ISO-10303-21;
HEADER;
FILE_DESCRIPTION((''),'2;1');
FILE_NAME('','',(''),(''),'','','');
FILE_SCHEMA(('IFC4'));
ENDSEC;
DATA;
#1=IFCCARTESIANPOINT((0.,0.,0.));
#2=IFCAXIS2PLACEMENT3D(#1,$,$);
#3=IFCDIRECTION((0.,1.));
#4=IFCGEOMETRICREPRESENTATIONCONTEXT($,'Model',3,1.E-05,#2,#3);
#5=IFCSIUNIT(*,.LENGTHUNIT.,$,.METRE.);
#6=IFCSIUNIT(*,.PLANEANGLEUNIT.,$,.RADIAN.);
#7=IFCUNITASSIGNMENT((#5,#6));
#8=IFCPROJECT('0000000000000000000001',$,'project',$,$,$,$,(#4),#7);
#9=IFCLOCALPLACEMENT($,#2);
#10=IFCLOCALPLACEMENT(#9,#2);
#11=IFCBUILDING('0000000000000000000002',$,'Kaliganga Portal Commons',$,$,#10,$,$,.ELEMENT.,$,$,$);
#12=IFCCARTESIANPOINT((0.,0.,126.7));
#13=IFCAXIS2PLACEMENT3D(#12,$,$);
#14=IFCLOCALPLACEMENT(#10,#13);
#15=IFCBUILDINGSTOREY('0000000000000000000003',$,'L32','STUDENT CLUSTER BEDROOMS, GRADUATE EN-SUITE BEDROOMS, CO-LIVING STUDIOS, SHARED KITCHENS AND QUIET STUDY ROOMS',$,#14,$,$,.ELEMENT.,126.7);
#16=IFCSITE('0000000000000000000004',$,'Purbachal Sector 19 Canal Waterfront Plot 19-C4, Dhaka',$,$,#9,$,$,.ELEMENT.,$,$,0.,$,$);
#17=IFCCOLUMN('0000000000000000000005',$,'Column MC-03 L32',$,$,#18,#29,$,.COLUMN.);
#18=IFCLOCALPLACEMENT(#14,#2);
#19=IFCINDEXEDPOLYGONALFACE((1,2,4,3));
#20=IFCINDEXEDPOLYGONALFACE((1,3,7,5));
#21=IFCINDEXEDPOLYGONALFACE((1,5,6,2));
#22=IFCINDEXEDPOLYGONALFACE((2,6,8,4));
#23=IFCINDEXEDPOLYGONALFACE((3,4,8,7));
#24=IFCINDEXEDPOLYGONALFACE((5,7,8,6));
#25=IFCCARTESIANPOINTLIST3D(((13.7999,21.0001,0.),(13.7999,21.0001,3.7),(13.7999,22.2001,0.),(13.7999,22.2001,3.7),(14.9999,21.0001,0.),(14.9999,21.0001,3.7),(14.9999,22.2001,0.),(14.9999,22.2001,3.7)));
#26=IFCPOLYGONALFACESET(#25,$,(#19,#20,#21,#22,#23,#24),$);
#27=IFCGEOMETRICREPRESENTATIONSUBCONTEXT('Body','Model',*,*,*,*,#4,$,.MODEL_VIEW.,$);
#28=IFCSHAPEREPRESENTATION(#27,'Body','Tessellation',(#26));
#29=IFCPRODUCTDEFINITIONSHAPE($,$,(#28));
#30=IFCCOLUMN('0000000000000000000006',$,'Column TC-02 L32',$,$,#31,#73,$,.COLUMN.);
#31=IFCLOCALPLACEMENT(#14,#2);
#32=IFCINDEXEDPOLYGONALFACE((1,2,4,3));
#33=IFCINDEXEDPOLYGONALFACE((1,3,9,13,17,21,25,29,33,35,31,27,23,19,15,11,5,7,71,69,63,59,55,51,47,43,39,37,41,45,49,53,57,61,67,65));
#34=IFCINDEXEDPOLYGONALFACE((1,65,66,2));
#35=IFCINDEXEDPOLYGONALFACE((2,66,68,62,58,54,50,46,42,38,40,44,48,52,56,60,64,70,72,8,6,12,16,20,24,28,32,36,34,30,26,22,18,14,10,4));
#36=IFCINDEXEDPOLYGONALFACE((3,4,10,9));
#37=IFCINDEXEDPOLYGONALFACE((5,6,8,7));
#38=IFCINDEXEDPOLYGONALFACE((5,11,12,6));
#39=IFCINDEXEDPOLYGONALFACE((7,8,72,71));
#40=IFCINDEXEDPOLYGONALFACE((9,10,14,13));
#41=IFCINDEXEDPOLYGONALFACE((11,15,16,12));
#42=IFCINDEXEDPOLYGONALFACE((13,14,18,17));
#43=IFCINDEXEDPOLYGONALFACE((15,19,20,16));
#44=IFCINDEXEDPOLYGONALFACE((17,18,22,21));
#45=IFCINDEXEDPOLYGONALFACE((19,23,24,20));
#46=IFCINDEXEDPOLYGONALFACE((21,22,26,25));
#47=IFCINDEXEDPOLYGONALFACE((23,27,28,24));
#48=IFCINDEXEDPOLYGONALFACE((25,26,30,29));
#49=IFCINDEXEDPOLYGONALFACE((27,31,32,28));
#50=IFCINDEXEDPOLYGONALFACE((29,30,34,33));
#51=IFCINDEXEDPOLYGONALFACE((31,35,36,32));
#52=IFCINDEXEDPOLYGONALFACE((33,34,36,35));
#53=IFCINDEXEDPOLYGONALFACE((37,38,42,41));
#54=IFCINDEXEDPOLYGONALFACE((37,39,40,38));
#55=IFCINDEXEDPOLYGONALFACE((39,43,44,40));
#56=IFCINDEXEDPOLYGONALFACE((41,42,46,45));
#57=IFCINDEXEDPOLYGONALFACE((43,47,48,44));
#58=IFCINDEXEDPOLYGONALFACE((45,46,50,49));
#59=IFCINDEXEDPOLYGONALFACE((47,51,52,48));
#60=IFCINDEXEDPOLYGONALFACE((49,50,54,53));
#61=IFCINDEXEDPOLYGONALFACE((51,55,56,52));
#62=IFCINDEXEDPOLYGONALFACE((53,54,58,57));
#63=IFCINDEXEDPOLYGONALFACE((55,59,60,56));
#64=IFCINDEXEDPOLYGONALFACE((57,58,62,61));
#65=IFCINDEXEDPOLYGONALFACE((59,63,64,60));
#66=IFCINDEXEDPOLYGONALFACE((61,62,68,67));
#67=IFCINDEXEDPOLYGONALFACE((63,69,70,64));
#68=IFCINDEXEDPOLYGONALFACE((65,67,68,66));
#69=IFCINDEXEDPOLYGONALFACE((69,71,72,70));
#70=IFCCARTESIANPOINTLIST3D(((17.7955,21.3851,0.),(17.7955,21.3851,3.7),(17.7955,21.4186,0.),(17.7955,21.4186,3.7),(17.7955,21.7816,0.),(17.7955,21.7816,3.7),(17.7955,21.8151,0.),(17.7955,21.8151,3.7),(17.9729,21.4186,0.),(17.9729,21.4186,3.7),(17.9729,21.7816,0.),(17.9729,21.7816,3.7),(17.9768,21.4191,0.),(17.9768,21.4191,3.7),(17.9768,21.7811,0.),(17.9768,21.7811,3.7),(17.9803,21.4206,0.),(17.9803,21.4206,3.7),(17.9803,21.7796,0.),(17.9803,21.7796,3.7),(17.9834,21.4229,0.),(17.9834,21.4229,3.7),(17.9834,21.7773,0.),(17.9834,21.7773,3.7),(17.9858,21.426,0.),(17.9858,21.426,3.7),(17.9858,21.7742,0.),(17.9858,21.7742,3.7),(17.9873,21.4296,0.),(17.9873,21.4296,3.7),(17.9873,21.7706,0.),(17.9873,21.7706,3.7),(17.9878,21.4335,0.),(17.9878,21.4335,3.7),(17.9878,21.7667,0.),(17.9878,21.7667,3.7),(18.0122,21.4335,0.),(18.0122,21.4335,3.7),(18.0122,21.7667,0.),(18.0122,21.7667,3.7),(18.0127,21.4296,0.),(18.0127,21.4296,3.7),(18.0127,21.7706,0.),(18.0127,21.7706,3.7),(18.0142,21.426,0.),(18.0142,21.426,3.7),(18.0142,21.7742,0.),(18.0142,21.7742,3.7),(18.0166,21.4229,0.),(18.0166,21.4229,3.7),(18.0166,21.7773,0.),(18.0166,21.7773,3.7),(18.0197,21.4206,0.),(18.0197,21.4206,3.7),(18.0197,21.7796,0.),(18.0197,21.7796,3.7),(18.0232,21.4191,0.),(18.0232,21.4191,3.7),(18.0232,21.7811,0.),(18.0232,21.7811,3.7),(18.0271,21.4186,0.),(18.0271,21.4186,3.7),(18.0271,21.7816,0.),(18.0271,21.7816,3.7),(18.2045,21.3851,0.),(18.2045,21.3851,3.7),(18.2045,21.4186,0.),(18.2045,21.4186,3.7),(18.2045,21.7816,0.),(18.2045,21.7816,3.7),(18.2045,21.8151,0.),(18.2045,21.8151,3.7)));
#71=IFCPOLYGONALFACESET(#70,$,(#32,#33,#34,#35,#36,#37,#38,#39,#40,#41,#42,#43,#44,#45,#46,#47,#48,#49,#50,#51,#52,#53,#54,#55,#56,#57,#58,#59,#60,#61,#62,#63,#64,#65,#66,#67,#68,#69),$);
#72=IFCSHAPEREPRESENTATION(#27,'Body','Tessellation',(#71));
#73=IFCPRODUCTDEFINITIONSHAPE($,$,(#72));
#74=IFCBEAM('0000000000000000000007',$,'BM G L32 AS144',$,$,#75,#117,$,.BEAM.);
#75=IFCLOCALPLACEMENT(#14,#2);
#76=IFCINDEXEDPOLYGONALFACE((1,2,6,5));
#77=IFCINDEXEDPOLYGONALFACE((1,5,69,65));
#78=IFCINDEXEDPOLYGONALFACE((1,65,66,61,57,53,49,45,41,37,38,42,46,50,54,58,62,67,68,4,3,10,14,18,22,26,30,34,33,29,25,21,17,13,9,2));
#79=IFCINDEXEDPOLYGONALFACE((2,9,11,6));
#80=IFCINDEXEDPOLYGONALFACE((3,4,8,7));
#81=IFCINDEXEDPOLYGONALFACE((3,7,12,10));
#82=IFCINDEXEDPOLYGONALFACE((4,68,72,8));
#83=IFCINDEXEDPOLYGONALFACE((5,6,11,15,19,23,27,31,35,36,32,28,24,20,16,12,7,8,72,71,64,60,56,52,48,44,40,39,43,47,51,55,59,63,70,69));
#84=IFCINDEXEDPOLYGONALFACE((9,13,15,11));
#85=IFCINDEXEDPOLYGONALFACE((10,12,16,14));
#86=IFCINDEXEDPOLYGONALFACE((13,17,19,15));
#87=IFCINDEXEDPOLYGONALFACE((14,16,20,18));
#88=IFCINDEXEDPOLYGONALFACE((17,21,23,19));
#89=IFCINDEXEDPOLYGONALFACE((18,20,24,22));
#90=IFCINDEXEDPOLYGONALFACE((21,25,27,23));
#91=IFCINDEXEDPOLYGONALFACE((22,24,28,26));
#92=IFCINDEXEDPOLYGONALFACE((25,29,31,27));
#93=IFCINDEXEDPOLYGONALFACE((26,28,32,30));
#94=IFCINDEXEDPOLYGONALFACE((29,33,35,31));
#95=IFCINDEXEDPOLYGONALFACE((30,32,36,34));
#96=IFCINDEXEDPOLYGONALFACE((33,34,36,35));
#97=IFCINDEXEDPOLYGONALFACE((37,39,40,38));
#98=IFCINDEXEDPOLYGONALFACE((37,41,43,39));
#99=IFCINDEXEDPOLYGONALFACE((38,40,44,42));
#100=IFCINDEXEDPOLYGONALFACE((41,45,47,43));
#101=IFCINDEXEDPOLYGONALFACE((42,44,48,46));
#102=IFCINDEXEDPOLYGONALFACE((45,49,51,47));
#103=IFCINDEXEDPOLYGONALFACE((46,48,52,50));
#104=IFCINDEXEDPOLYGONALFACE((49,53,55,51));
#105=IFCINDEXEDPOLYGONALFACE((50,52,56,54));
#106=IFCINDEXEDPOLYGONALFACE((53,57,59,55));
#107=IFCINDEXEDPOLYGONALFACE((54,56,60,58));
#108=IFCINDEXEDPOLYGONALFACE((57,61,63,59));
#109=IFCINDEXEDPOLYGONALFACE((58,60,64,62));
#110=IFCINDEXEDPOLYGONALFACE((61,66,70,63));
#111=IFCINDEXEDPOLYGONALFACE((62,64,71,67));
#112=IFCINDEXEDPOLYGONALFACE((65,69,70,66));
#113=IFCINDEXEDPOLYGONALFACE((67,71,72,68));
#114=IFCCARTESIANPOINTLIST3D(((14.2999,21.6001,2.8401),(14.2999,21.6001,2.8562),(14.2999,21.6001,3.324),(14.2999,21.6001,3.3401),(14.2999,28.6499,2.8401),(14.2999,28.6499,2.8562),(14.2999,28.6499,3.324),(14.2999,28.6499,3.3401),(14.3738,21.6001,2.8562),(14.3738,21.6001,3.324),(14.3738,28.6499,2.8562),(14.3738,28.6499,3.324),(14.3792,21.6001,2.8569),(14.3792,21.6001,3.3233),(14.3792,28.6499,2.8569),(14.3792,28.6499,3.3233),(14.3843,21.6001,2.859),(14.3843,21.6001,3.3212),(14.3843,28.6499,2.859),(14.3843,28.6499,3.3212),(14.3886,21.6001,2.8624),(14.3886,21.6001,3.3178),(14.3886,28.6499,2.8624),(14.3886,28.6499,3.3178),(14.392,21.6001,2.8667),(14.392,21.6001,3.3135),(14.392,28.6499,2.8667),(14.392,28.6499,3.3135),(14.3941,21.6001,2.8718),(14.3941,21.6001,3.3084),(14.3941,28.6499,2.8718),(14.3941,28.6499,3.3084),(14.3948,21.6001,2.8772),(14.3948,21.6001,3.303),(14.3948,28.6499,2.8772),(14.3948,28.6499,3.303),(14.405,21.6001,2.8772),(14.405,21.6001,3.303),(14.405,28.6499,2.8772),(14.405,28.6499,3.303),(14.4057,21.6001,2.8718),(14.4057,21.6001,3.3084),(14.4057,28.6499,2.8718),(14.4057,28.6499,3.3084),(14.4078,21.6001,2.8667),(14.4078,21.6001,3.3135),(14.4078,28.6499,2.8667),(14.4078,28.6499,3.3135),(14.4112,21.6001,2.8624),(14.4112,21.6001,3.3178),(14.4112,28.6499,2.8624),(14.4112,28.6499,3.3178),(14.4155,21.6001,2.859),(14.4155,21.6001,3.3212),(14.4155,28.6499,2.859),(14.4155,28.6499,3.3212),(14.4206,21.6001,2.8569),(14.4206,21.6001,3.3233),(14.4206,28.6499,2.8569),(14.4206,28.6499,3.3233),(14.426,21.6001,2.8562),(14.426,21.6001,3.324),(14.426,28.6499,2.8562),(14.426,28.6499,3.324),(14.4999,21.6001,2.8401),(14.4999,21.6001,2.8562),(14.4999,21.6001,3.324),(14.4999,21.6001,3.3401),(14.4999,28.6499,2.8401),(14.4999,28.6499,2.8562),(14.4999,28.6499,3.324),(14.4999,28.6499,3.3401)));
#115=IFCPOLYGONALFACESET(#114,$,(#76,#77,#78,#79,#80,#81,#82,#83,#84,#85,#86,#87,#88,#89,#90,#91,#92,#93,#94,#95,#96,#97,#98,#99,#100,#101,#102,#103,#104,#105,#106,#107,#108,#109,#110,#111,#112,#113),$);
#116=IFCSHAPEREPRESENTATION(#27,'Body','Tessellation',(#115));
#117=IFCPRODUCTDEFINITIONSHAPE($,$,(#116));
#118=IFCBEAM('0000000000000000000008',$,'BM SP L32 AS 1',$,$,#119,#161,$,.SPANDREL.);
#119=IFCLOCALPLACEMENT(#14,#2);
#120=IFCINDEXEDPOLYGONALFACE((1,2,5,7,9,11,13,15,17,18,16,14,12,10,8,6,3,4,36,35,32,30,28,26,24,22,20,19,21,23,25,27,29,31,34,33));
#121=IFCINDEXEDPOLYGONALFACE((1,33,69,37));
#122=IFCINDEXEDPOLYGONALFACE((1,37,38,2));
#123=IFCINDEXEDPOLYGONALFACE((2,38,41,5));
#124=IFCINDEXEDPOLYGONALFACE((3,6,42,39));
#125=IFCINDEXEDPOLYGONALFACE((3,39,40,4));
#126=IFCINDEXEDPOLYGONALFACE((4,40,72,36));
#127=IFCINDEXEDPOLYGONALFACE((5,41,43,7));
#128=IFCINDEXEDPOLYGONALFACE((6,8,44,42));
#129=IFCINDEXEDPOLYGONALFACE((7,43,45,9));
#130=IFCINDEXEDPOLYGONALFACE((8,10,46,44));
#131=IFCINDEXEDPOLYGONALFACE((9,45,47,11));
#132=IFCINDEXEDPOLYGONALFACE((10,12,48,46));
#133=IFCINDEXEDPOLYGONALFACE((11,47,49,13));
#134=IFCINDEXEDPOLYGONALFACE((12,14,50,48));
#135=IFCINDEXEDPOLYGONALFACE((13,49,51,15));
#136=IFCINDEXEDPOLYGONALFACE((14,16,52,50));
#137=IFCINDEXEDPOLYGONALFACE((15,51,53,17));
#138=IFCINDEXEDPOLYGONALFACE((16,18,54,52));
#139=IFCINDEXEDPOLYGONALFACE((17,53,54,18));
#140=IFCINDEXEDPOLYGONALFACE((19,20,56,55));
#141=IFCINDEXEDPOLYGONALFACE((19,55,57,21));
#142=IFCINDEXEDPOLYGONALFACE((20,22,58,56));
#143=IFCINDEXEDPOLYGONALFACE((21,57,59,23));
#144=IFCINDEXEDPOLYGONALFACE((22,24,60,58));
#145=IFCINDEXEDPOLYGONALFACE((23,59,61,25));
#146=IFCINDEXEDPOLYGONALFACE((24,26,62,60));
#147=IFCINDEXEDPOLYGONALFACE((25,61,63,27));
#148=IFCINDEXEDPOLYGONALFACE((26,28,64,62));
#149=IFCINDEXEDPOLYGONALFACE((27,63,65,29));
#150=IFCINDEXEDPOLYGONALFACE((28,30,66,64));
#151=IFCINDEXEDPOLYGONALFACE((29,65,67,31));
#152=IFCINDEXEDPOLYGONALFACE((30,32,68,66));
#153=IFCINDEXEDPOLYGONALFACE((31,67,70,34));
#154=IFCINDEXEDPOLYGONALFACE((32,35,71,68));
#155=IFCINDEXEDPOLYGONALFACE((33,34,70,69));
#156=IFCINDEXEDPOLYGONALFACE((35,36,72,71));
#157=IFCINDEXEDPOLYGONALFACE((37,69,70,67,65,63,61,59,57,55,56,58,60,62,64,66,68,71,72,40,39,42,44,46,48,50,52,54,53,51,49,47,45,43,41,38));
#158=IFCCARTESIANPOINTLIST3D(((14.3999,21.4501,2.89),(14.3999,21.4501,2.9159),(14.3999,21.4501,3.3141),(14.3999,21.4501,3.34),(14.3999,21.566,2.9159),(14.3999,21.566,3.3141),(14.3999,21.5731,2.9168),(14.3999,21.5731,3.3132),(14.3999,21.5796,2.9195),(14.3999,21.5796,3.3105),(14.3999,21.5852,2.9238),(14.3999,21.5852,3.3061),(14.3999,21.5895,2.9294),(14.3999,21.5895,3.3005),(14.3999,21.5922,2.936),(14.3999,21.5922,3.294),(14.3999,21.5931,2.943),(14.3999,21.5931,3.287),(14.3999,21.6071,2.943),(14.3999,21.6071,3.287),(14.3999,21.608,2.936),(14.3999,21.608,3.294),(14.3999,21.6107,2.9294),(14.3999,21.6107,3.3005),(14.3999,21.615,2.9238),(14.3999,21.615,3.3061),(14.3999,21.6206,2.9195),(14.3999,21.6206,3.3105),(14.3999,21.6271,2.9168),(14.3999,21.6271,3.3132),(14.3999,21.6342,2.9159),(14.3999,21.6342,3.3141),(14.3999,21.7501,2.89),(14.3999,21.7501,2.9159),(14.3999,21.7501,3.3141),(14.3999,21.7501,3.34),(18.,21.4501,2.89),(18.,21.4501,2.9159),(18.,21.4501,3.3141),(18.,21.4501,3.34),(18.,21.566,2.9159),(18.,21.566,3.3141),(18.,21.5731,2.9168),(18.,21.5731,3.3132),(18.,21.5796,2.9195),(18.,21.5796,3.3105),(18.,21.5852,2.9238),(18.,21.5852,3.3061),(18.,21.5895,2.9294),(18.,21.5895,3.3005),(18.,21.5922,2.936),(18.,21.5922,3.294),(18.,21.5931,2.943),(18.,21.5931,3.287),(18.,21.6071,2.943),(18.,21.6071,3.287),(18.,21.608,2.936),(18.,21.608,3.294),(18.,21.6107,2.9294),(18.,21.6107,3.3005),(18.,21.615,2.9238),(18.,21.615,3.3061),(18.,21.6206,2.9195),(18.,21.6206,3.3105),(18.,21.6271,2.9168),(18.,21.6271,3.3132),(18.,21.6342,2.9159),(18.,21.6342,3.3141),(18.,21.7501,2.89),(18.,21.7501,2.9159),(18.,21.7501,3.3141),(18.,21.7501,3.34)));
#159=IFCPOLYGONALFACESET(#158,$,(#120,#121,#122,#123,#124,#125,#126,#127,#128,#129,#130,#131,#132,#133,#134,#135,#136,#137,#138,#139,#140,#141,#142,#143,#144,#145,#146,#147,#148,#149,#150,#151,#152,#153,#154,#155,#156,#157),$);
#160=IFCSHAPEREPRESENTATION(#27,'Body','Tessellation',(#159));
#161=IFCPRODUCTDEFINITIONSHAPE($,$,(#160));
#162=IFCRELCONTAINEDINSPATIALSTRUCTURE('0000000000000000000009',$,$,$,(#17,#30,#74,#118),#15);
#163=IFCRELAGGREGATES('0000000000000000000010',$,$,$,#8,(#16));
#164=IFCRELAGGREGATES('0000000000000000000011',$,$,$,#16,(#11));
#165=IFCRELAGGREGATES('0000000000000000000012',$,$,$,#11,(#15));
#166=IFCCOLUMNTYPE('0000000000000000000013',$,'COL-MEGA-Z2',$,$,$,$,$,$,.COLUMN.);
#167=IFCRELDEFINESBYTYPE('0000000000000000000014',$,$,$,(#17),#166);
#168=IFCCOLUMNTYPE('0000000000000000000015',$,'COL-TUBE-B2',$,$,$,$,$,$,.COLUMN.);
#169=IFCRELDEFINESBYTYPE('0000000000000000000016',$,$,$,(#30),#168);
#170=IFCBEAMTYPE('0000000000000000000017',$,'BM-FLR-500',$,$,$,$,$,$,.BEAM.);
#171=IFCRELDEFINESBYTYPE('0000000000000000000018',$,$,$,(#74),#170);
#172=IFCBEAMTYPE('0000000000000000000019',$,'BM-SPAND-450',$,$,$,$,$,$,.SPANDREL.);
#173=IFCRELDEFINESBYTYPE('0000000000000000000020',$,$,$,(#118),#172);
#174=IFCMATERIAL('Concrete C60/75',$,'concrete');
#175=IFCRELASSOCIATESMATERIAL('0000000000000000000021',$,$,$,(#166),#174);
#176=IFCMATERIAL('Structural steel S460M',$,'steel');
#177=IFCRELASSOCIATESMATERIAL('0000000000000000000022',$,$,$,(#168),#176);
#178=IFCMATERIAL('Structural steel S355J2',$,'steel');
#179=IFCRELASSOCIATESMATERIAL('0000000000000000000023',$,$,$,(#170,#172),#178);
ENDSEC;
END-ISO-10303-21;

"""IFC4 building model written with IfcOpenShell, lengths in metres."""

from ifc_helpers import new_model, si_unit, direction, frame, origin, origin_2d, place, context, subcontext, project, spatial, rectangle, i_section, extrude, source, transform, mapped, material, material_profile, profile_set, type_object, element, save


model = new_model("IFC4")

# Units and contexts
model_context = context("Model", 3, precision=1e-05, world=origin(), true_north=direction((0.0, 1.0)))
body_context = subcontext(model_context, "Body", "Model", "MODEL_VIEW")
ifc_project = project(units=[si_unit("LENGTHUNIT", "METRE"), si_unit("PLANEANGLEUNIT", "RADIAN")], contexts=[model_context])

# Site, building, storey
site_placement = place(None, origin())
site = spatial("IfcSite", under=ifc_project, at=site_placement, Name="Purbachal Sector 19 Canal Waterfront Plot 19-C4, Dhaka", CompositionType="ELEMENT", RefElevation=0.0)
building_placement = place(site_placement, origin())
building = spatial("IfcBuilding", under=site, at=building_placement, Name="Kaliganga Portal Commons", CompositionType="ELEMENT")
storey_placement = place(building_placement, frame((0.0, 0.0, 126.7)))
storey = spatial("IfcBuildingStorey", under=building, at=storey_placement, Name="L32", Description="STUDENT CLUSTER BEDROOMS, GRADUATE EN-SUITE BEDROOMS, CO-LIVING STUDIOS, SHARED KITCHENS AND QUIET STUDY ROOMS", CompositionType="ELEMENT", Elevation=126.7)

# Columns
ifc_material_1 = material(Name="Concrete C60/75", Category="concrete")
ifc_material_profile_1 = material_profile(ifc_material_1, rectangle(XDim=1.2, YDim=1.2, at=origin_2d()), Name="RC 1200x1200")
ifc_profile_set_1 = profile_set([ifc_material_profile_1], Name="Concrete C60/75")
column_type_1 = type_object("IfcColumnType", Name="COL-MEGA-Z2", PredefinedType="COLUMN", material=ifc_profile_set_1)
shared_shape_1 = source(origin(), body_context, "Body", "SweptSolid", [
    extrude(rectangle(XDim=1.2, YDim=1.2, at=origin_2d()), origin(), (0.0, 0.0, 1.0), 3.7),
])
column_1_placement = place(storey_placement, frame((14.3999, 21.6001, 0.0), z_axis=(0.0, 0.0, 1.0), x_axis=(1.0, 0.0, 0.0)))
element("IfcColumn", 1, at=column_1_placement, inside=storey, type_object=column_type_1, Name="Column MC-03 L32", PredefinedType="COLUMN", context=body_context, shape_type="MappedRepresentation", body=[
    mapped(shared_shape_1, transform((0.0, 0.0, 0.0), x_axis=(1.0, 0.0, 0.0), y_axis=(0.0, 1.0, 0.0), z_axis=(0.0, 0.0, 1.0), scale=1.0)),
])
ifc_material_2 = material(Name="Structural steel S460M", Category="steel")
ifc_material_profile_2 = material_profile(ifc_material_2, i_section(OverallWidth=0.4089, OverallDepth=0.4299, WebThickness=0.0244, FlangeThickness=0.0334, FilletRadius=0.0149, at=origin_2d()), Name="HD 400x421")
ifc_profile_set_2 = profile_set([ifc_material_profile_2], Name="Structural steel S460M wide-flange")
column_type_2 = type_object("IfcColumnType", Name="COL-TUBE-B2", PredefinedType="COLUMN", material=ifc_profile_set_2)
shared_shape_2 = source(origin(), body_context, "Body", "SweptSolid", [
    extrude(i_section(OverallWidth=0.4089, OverallDepth=0.4299, WebThickness=0.0244, FlangeThickness=0.0334, FilletRadius=0.0149, at=origin_2d()), origin(), (0.0, 0.0, 1.0), 3.7),
])
column_2_placement = place(storey_placement, frame((18.0, 21.6001, 0.0), z_axis=(0.0, 0.0, 1.0), x_axis=(1.0, 0.0, 0.0)))
element("IfcColumn", 2, at=column_2_placement, inside=storey, type_object=column_type_2, Name="Column TC-02 L32", PredefinedType="COLUMN", context=body_context, shape_type="MappedRepresentation", body=[
    mapped(shared_shape_2, transform((0.0, 0.0, 0.0), x_axis=(1.0, 0.0, 0.0), y_axis=(0.0, 1.0, 0.0), z_axis=(0.0, 0.0, 1.0), scale=1.0)),
])

# Beams
ifc_material_3 = material(Name="Structural steel S355J2", Category="steel")
ifc_material_profile_3 = material_profile(ifc_material_3, i_section(OverallWidth=0.2, OverallDepth=0.5, WebThickness=0.0103, FlangeThickness=0.0161, FilletRadius=0.021, at=origin_2d()), Name="IPE 500")
ifc_profile_set_3 = profile_set([ifc_material_profile_3], Name="Structural steel S355J2 wide-flange")
beam_type_1 = type_object("IfcBeamType", Name="BM-FLR-500", PredefinedType="BEAM", material=ifc_profile_set_3)
shared_shape_3 = source(origin(), body_context, "Body", "SweptSolid", [
    extrude(i_section(OverallWidth=0.2, OverallDepth=0.5, WebThickness=0.0103, FlangeThickness=0.0161, FilletRadius=0.021, at=origin_2d()), origin(), (0.0, 0.0, 1.0), 7.0498),
])
beam_1_placement = place(storey_placement, frame((14.3999, 21.6001, 3.0901), z_axis=(0.0, 1.0, 0.0), x_axis=(-1.0, 0.0, 0.0)))
element("IfcBeam", 3, at=beam_1_placement, inside=storey, type_object=beam_type_1, Name="BM G L32 AS144", PredefinedType="BEAM", context=body_context, shape_type="MappedRepresentation", body=[
    mapped(shared_shape_3, transform((0.0, 0.0, 0.0), x_axis=(1.0, 0.0, 0.0), y_axis=(0.0, 1.0, 0.0), z_axis=(0.0, 0.0, 1.0), scale=1.0)),
])
ifc_material_profile_4 = material_profile(ifc_material_3, i_section(OverallWidth=0.3, OverallDepth=0.45, WebThickness=0.0139, FlangeThickness=0.0259, FilletRadius=0.0271, at=origin_2d()), Name="HE 450 B")
ifc_profile_set_4 = profile_set([ifc_material_profile_4], Name="Structural steel S355J2 wide-flange")
beam_type_2 = type_object("IfcBeamType", Name="BM-SPAND-450", PredefinedType="SPANDREL", material=ifc_profile_set_4)
shared_shape_4 = source(origin(), body_context, "Body", "SweptSolid", [
    extrude(i_section(OverallWidth=0.3, OverallDepth=0.45, WebThickness=0.0139, FlangeThickness=0.0259, FilletRadius=0.0271, at=origin_2d()), origin(), (0.0, 0.0, 1.0), 3.6001),
])
for number, where, z_axis, x_axis, name in (
    (4, (14.3999, 21.6001, 3.115), (1.0, 0.0, 0.0), (0.0, 1.0, 0.0), "BM SP L32 AS 1"),
):
    element("IfcBeam", number, at=place(storey_placement, frame(where, z_axis=z_axis, x_axis=x_axis)), inside=storey, type_object=beam_type_2, Name=name, PredefinedType="SPANDREL", context=body_context, shape_type="MappedRepresentation", body=[
        mapped(shared_shape_4, transform((0.0, 0.0, 0.0), x_axis=(1.0, 0.0, 0.0), y_axis=(0.0, 1.0, 0.0), z_axis=(0.0, 0.0, 1.0), scale=1.0)),
    ])

save(model, "model.ifc")
